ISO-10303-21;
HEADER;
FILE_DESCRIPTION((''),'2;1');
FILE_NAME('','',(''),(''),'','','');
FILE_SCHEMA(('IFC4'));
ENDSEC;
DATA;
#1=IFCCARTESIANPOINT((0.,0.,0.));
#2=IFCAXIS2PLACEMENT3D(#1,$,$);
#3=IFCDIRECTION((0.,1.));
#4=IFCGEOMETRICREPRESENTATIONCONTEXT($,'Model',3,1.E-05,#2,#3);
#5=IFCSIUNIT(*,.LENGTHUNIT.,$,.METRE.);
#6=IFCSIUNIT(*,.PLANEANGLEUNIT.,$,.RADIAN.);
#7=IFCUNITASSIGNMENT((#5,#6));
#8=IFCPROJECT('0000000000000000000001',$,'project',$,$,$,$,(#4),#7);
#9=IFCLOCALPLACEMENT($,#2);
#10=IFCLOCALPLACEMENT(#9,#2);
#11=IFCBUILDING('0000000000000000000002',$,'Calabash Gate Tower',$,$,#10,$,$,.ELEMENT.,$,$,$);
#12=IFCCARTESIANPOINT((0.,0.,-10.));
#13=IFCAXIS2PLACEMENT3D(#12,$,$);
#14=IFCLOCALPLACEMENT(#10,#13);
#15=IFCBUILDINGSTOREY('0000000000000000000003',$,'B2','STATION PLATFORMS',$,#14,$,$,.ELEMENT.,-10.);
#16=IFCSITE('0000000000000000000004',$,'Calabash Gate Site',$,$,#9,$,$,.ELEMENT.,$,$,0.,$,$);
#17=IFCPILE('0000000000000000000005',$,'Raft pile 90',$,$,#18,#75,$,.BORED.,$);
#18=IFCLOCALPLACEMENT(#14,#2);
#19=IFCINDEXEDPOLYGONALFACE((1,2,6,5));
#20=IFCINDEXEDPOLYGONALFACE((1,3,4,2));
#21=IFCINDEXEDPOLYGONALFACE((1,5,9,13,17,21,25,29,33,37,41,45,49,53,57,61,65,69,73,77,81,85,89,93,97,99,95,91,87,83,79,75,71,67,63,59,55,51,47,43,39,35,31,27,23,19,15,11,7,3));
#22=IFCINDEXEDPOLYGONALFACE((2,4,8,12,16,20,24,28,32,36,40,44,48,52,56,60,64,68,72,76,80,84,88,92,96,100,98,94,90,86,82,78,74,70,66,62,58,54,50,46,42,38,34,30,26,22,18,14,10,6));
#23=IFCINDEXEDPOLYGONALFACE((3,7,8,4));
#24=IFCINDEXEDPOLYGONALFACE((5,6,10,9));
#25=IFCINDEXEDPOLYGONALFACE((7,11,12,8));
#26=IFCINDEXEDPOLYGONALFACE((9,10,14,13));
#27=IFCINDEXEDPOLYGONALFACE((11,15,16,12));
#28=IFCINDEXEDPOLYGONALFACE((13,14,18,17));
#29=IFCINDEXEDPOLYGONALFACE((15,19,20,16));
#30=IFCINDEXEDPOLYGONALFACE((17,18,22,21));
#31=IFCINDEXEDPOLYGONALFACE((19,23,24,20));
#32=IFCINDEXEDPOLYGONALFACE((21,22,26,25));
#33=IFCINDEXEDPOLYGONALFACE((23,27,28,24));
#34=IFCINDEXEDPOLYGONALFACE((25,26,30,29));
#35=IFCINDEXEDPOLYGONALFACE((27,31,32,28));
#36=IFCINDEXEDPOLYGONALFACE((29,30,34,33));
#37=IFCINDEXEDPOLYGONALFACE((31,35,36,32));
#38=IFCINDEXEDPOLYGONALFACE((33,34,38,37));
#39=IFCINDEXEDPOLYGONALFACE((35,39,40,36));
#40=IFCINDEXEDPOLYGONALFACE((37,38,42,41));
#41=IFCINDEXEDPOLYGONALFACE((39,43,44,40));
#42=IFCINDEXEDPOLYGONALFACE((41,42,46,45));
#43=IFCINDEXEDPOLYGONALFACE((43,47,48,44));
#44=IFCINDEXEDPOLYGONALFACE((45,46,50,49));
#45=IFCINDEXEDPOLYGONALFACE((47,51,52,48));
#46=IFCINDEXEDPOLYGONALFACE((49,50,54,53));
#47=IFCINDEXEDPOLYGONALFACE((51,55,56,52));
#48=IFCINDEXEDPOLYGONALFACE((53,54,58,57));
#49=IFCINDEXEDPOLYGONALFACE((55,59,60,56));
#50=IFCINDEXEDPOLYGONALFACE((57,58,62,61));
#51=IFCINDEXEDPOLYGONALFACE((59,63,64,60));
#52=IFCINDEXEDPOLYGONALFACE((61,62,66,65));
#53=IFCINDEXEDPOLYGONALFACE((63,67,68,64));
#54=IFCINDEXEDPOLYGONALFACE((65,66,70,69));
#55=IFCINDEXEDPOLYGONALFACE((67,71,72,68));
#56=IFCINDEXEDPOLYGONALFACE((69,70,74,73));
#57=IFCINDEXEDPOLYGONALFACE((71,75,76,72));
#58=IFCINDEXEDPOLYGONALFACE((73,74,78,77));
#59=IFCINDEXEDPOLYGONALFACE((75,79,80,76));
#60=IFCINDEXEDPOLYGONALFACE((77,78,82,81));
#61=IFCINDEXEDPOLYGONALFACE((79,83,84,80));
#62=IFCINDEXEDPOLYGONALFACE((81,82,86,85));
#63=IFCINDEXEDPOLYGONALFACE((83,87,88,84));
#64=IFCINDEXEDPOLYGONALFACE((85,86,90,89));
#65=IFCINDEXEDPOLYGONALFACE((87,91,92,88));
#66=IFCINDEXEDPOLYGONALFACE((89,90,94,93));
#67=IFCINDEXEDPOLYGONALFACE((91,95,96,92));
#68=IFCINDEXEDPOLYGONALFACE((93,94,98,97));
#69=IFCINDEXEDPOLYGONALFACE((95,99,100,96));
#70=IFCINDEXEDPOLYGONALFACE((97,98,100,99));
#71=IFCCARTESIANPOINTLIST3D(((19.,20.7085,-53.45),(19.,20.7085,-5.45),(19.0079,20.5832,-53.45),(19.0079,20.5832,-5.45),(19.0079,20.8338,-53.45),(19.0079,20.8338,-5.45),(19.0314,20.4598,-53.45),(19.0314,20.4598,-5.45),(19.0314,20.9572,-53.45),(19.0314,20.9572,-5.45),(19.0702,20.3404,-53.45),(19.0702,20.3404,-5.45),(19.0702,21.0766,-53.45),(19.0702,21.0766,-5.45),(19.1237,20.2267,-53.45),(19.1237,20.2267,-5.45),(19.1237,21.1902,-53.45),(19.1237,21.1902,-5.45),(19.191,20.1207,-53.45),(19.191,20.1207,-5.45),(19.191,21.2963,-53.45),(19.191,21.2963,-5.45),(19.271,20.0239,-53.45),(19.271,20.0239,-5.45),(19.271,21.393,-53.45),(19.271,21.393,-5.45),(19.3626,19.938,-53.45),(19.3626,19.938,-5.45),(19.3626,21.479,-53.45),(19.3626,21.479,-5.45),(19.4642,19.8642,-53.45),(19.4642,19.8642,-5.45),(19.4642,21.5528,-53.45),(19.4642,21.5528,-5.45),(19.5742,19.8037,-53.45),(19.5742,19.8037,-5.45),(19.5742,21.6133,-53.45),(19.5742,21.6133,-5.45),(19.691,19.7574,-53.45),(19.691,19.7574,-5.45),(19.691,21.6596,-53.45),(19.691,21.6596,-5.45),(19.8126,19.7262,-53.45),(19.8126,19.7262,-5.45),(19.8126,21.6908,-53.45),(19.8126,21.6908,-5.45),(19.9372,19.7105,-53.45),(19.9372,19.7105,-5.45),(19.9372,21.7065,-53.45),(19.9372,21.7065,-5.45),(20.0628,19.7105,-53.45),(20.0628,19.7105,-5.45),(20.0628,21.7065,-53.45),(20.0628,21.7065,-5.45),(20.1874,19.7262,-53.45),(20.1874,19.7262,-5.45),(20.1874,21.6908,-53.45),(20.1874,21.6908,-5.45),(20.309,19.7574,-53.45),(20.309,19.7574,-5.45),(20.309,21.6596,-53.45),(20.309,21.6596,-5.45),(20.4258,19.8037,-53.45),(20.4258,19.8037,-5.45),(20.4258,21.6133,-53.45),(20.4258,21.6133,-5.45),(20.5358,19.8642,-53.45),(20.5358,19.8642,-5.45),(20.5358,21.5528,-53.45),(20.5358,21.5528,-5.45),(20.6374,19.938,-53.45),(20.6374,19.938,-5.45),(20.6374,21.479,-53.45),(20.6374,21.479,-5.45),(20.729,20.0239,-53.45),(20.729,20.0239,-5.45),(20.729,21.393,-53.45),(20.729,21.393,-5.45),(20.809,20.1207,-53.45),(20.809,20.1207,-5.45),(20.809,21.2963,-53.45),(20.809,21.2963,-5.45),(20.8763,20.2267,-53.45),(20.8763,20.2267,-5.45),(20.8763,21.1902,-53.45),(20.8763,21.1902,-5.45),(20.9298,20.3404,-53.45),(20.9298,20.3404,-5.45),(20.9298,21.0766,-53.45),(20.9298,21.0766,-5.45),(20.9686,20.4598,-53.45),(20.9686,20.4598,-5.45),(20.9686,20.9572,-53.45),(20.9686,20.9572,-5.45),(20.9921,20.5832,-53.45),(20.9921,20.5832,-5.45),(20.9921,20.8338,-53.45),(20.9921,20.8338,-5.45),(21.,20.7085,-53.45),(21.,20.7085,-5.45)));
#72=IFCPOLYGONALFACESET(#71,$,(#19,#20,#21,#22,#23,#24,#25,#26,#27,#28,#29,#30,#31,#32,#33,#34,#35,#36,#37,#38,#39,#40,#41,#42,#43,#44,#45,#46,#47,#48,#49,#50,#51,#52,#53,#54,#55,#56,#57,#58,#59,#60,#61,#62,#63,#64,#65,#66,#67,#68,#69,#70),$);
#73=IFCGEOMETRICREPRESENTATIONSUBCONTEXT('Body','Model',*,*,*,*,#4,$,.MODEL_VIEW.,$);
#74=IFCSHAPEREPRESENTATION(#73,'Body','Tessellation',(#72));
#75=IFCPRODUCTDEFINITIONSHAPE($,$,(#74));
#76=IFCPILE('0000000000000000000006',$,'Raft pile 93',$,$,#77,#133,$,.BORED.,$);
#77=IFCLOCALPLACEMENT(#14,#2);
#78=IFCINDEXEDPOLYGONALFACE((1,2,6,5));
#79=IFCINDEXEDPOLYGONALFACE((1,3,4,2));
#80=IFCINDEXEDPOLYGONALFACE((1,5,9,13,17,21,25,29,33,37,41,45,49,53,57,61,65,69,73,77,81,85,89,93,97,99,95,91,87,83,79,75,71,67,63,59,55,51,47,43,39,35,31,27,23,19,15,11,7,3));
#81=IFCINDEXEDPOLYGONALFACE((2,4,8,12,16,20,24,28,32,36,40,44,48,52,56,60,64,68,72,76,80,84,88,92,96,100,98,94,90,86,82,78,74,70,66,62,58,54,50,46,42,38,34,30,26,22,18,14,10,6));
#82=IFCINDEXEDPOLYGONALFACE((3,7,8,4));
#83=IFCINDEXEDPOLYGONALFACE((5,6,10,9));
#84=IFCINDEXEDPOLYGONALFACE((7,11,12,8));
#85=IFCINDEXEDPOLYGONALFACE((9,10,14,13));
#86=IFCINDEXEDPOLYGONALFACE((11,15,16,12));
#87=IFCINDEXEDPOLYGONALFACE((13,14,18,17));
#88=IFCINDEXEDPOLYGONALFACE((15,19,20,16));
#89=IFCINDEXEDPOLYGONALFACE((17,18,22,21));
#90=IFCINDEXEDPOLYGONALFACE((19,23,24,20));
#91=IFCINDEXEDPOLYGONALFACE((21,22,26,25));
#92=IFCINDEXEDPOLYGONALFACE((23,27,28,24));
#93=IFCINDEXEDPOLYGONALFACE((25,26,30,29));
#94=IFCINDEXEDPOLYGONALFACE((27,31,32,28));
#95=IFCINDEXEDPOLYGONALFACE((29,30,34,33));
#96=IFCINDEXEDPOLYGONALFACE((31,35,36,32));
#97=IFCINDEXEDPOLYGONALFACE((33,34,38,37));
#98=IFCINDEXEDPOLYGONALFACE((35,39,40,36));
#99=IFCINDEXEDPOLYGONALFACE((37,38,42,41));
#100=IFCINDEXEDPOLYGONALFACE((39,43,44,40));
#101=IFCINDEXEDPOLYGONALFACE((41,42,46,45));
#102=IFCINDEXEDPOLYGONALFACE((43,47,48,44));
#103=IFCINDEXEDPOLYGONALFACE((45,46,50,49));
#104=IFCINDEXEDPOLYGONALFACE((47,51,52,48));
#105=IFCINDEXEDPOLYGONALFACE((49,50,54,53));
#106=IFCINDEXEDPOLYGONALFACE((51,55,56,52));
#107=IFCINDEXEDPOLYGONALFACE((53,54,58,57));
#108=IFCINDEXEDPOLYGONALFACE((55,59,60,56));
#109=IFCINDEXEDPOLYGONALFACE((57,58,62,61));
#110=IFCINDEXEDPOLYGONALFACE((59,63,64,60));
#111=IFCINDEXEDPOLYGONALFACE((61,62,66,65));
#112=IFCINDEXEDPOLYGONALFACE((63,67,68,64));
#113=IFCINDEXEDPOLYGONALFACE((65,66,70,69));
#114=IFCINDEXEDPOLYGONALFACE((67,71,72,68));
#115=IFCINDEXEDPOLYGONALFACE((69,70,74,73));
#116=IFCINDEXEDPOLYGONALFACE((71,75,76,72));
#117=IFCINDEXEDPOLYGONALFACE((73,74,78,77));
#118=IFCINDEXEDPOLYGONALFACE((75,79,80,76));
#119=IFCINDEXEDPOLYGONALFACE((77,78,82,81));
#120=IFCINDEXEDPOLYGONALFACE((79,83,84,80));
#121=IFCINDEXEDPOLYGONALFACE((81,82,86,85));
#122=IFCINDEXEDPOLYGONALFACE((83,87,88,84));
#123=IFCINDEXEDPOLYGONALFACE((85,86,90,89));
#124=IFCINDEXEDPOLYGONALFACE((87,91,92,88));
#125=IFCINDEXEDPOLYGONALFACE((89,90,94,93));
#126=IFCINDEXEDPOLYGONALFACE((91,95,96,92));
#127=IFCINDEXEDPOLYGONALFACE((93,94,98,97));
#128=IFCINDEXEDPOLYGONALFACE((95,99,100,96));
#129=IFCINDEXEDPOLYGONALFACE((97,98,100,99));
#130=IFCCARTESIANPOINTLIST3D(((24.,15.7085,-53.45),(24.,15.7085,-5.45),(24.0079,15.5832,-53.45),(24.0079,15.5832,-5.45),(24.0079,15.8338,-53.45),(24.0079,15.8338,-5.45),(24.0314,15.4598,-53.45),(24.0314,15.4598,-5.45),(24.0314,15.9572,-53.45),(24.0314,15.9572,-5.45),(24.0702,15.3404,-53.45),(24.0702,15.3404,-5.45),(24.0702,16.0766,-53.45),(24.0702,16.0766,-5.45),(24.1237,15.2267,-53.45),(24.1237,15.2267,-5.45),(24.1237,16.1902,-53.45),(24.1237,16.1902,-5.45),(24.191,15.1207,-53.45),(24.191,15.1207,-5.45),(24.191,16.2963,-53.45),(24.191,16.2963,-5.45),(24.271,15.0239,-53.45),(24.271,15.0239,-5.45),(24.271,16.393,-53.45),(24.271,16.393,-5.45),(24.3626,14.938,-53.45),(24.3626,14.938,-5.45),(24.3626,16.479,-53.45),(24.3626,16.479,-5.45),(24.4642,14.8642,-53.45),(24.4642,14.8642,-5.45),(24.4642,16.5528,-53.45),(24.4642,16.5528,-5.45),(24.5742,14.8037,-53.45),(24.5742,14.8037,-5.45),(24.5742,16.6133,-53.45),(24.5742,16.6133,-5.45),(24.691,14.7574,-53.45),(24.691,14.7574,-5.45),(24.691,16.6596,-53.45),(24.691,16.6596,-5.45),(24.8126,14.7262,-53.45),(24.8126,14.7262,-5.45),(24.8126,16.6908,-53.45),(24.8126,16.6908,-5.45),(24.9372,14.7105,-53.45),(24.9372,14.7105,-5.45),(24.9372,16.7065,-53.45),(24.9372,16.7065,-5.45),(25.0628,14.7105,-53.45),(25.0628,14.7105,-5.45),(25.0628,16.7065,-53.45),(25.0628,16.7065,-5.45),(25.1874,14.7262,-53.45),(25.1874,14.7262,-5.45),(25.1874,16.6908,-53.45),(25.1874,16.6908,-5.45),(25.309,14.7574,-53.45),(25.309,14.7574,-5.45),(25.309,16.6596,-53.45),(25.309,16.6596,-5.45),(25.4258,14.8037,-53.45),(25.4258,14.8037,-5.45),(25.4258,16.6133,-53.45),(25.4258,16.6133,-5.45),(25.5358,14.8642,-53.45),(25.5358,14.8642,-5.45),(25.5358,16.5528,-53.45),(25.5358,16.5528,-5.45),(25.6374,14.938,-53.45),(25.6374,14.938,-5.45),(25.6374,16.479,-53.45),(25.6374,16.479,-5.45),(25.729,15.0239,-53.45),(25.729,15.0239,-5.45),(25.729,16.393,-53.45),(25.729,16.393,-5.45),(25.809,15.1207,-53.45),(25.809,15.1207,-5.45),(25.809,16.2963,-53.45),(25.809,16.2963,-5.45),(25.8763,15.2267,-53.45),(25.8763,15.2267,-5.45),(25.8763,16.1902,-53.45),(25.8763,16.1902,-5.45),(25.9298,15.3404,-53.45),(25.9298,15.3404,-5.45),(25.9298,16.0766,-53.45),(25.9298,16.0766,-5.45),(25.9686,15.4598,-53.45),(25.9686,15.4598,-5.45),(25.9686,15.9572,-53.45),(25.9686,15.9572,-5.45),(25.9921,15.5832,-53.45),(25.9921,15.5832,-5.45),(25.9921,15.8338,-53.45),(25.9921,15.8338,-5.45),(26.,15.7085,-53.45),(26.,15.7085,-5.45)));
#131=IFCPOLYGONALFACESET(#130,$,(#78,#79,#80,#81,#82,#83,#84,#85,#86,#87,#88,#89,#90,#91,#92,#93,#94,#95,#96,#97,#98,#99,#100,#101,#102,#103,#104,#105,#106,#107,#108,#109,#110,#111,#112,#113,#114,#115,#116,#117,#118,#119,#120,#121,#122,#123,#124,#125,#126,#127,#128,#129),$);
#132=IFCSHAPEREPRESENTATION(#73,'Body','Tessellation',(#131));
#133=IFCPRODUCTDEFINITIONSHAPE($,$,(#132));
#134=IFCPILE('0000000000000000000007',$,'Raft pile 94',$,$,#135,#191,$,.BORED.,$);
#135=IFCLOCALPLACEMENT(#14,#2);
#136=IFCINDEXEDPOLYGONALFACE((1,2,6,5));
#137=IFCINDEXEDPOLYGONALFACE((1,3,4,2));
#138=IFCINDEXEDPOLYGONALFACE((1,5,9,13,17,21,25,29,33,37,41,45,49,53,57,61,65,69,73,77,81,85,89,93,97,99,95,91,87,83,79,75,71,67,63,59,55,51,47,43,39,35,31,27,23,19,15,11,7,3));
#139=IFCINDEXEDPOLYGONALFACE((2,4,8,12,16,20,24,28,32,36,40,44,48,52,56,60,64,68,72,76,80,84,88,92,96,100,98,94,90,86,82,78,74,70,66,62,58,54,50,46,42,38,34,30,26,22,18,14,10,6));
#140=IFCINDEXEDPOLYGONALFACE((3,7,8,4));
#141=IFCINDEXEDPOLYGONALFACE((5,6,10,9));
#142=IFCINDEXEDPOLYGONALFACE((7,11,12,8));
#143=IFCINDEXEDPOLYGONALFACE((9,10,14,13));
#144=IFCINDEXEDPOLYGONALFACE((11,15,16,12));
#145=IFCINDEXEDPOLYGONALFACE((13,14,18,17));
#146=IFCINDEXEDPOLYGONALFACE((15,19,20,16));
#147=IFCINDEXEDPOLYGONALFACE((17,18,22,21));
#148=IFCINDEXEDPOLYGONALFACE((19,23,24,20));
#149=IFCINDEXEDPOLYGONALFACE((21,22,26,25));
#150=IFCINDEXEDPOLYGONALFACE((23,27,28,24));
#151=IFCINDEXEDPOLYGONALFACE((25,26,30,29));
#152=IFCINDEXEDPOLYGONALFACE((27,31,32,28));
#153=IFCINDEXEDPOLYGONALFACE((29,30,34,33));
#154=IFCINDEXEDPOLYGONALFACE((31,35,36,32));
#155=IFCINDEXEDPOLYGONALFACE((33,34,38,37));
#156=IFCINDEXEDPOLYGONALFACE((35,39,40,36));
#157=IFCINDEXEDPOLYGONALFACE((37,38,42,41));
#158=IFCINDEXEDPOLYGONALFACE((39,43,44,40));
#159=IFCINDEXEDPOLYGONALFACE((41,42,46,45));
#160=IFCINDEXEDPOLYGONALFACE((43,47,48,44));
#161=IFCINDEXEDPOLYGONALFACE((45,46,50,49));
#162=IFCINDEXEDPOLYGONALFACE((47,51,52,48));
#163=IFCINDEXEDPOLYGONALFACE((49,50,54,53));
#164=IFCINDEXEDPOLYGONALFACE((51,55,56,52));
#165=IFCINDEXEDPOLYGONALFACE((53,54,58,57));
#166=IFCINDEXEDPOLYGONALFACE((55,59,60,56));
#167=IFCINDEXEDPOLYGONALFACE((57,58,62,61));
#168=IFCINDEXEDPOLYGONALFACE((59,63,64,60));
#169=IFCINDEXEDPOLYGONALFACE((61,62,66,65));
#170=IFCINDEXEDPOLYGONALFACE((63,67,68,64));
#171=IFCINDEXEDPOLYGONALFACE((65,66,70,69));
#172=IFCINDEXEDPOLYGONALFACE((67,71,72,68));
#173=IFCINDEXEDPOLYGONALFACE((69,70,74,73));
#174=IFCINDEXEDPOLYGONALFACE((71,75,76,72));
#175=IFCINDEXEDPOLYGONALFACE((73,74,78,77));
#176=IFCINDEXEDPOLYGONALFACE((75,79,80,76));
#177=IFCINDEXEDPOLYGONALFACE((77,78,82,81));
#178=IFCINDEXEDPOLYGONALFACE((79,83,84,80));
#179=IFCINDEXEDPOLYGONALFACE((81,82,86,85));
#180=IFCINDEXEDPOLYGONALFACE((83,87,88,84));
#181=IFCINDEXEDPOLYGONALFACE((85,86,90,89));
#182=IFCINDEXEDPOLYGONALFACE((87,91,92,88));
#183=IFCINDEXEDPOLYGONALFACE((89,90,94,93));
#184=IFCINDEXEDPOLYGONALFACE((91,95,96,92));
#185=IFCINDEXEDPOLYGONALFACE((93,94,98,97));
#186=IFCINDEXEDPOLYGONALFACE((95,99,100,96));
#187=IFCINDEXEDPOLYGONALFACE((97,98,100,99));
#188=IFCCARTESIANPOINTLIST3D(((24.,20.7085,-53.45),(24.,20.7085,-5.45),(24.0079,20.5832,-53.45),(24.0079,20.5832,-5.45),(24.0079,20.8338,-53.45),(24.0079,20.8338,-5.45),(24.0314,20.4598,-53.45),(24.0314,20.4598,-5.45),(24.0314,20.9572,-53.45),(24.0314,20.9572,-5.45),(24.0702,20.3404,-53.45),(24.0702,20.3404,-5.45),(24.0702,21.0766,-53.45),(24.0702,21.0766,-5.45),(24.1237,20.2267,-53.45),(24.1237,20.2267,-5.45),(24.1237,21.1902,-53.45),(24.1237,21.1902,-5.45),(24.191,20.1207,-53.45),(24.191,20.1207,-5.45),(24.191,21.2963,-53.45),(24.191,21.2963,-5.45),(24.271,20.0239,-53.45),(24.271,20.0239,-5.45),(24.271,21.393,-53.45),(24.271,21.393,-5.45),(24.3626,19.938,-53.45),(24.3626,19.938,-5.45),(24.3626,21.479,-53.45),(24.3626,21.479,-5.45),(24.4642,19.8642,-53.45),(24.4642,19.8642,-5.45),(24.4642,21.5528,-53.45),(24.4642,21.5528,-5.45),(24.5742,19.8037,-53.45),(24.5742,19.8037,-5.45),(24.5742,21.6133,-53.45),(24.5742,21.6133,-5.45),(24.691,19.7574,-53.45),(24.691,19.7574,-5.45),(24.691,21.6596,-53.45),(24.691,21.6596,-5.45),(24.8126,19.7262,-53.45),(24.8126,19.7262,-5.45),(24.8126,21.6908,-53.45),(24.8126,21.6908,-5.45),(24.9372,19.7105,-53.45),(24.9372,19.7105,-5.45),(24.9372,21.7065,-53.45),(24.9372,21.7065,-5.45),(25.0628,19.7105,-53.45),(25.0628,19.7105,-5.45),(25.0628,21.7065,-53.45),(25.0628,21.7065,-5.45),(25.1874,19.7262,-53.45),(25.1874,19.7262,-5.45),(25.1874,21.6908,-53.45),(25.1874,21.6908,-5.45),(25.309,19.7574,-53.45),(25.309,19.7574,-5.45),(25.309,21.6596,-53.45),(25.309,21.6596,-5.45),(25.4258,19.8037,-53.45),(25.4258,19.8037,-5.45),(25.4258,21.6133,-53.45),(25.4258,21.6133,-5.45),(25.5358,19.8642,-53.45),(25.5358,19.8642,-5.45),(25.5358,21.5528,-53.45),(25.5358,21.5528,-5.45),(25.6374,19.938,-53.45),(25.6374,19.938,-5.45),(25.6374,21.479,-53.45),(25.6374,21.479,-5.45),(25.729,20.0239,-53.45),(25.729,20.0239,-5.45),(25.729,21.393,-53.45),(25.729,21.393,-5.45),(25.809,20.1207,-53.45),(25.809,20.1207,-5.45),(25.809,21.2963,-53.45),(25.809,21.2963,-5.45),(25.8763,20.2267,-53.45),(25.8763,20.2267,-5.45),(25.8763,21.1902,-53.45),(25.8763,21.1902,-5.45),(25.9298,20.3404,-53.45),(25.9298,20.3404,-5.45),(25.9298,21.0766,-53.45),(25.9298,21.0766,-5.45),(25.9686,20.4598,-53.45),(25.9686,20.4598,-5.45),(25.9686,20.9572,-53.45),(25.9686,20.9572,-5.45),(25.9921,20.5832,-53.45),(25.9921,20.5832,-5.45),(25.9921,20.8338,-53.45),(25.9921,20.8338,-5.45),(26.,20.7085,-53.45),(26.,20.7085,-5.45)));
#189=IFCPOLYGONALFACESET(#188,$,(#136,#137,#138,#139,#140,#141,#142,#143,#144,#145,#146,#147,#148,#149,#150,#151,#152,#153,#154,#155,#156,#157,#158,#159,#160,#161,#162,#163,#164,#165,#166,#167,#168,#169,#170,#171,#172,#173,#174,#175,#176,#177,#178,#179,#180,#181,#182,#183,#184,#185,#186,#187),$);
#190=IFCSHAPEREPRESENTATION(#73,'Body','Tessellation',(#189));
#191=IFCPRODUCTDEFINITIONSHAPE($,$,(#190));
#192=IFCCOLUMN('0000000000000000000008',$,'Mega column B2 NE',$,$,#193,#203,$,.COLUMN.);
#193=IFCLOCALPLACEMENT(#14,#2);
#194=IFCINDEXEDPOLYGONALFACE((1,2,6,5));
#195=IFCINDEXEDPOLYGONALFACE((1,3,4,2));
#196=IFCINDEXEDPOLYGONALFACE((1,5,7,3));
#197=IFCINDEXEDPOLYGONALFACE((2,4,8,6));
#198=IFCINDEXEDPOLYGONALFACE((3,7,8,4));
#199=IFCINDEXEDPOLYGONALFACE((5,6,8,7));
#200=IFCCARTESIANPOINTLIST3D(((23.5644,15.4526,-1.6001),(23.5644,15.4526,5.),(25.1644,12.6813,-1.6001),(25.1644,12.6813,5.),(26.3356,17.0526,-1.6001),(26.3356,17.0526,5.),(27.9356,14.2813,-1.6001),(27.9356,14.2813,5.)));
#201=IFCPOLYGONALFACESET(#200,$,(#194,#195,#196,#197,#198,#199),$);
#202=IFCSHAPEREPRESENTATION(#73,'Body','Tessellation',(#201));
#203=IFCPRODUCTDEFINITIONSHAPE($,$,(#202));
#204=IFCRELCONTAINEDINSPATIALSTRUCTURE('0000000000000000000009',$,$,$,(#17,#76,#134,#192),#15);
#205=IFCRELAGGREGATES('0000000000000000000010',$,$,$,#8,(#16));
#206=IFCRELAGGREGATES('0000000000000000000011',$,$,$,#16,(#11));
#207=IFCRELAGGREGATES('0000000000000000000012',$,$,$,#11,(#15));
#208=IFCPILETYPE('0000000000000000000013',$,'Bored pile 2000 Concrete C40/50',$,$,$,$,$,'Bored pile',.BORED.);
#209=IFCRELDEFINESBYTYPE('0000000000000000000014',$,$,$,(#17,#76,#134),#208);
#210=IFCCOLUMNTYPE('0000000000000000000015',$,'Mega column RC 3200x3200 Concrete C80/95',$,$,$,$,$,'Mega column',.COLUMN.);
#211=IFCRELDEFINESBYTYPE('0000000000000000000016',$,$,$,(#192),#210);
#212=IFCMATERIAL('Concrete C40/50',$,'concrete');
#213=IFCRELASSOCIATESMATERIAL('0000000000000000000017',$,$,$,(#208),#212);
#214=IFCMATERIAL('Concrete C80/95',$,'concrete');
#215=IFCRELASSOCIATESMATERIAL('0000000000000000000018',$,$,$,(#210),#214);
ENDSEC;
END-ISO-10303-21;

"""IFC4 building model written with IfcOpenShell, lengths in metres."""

from ifc_helpers import new_model, si_unit, direction, frame, origin, origin_2d, place, context, subcontext, project, spatial, rectangle, circle, extrude, material, material_profile, profile_set, type_object, element, save


model = new_model("IFC4")

# Units and contexts
model_context = context("Model", 3, precision=1e-05, world=origin(), true_north=direction((0.0, 1.0)))
body_context = subcontext(model_context, "Body", "Model", "MODEL_VIEW")
ifc_project = project(units=[si_unit("LENGTHUNIT", "METRE"), si_unit("PLANEANGLEUNIT", "RADIAN")], contexts=[model_context])

# Site, building, storey
site_placement = place(None, origin())
site = spatial("IfcSite", under=ifc_project, at=site_placement, Name="Calabash Gate Site", CompositionType="ELEMENT", RefElevation=0.0)
building_placement = place(site_placement, origin())
building = spatial("IfcBuilding", under=site, at=building_placement, Name="Calabash Gate Tower", CompositionType="ELEMENT")
storey_placement = place(building_placement, frame((0.0, 0.0, -10.0)))
storey = spatial("IfcBuildingStorey", under=building, at=storey_placement, Name="B2", Description="STATION PLATFORMS", CompositionType="ELEMENT", Elevation=-10.0)

# Piles
ifc_material_1 = material(Name="Concrete C40/50", Category="concrete")
ifc_material_profile_1 = material_profile(ifc_material_1, circle(Radius=1.0, at=origin_2d()))
ifc_profile_set_1 = profile_set([ifc_material_profile_1], Name="Concrete C40/50")
pile_type = type_object("IfcPileType", Name="Bored pile 2000 Concrete C40/50", ElementType="Bored pile", PredefinedType="BORED", material=ifc_profile_set_1)
for number, where, z_axis, x_axis, name in (
    (1, (20.0, 20.7085, -5.45), (0.0, 0.0, -1.0), (1.0, 0.0, 0.0), "Raft pile 90"),
    (2, (25.0, 15.7085, -5.45), (0.0, 0.0, -1.0), (1.0, 0.0, 0.0), "Raft pile 93"),
    (3, (25.0, 20.7085, -5.45), (0.0, 0.0, -1.0), (1.0, 0.0, 0.0), "Raft pile 94"),
):
    element("IfcPile", number, at=place(storey_placement, frame(where, z_axis=z_axis, x_axis=x_axis)), inside=storey, type_object=pile_type, Name=name, PredefinedType="BORED", context=body_context, shape_type="SweptSolid", body=[
        extrude(circle(Radius=1.0, at=origin_2d()), origin(), (0.0, 0.0, 1.0), 48.0),
    ])

# Column
ifc_material_2 = material(Name="Concrete C80/95", Category="concrete")
ifc_material_profile_2 = material_profile(ifc_material_2, rectangle(XDim=3.2, YDim=3.2, at=origin_2d()))
ifc_profile_set_2 = profile_set([ifc_material_profile_2], Name="Concrete C80/95")
column_type_1 = type_object("IfcColumnType", Name="Mega column RC 3200x3200 Concrete C80/95", ElementType="Mega column", PredefinedType="COLUMN", material=ifc_profile_set_2)
column_placement = place(storey_placement, frame((25.75, 14.8669, -1.6001), z_axis=(0.0, 0.0, 1.0), x_axis=(-0.866025, -0.5, 0.0)))
element("IfcColumn", 4, at=column_placement, inside=storey, type_object=column_type_1, Name="Mega column B2 NE", PredefinedType="COLUMN", context=body_context, shape_type="SweptSolid", body=[
    extrude(rectangle(XDim=3.2, YDim=3.2, at=origin_2d()), origin(), (0.0, 0.0, 1.0), 6.6001),
])

save(model, "model.ifc")
